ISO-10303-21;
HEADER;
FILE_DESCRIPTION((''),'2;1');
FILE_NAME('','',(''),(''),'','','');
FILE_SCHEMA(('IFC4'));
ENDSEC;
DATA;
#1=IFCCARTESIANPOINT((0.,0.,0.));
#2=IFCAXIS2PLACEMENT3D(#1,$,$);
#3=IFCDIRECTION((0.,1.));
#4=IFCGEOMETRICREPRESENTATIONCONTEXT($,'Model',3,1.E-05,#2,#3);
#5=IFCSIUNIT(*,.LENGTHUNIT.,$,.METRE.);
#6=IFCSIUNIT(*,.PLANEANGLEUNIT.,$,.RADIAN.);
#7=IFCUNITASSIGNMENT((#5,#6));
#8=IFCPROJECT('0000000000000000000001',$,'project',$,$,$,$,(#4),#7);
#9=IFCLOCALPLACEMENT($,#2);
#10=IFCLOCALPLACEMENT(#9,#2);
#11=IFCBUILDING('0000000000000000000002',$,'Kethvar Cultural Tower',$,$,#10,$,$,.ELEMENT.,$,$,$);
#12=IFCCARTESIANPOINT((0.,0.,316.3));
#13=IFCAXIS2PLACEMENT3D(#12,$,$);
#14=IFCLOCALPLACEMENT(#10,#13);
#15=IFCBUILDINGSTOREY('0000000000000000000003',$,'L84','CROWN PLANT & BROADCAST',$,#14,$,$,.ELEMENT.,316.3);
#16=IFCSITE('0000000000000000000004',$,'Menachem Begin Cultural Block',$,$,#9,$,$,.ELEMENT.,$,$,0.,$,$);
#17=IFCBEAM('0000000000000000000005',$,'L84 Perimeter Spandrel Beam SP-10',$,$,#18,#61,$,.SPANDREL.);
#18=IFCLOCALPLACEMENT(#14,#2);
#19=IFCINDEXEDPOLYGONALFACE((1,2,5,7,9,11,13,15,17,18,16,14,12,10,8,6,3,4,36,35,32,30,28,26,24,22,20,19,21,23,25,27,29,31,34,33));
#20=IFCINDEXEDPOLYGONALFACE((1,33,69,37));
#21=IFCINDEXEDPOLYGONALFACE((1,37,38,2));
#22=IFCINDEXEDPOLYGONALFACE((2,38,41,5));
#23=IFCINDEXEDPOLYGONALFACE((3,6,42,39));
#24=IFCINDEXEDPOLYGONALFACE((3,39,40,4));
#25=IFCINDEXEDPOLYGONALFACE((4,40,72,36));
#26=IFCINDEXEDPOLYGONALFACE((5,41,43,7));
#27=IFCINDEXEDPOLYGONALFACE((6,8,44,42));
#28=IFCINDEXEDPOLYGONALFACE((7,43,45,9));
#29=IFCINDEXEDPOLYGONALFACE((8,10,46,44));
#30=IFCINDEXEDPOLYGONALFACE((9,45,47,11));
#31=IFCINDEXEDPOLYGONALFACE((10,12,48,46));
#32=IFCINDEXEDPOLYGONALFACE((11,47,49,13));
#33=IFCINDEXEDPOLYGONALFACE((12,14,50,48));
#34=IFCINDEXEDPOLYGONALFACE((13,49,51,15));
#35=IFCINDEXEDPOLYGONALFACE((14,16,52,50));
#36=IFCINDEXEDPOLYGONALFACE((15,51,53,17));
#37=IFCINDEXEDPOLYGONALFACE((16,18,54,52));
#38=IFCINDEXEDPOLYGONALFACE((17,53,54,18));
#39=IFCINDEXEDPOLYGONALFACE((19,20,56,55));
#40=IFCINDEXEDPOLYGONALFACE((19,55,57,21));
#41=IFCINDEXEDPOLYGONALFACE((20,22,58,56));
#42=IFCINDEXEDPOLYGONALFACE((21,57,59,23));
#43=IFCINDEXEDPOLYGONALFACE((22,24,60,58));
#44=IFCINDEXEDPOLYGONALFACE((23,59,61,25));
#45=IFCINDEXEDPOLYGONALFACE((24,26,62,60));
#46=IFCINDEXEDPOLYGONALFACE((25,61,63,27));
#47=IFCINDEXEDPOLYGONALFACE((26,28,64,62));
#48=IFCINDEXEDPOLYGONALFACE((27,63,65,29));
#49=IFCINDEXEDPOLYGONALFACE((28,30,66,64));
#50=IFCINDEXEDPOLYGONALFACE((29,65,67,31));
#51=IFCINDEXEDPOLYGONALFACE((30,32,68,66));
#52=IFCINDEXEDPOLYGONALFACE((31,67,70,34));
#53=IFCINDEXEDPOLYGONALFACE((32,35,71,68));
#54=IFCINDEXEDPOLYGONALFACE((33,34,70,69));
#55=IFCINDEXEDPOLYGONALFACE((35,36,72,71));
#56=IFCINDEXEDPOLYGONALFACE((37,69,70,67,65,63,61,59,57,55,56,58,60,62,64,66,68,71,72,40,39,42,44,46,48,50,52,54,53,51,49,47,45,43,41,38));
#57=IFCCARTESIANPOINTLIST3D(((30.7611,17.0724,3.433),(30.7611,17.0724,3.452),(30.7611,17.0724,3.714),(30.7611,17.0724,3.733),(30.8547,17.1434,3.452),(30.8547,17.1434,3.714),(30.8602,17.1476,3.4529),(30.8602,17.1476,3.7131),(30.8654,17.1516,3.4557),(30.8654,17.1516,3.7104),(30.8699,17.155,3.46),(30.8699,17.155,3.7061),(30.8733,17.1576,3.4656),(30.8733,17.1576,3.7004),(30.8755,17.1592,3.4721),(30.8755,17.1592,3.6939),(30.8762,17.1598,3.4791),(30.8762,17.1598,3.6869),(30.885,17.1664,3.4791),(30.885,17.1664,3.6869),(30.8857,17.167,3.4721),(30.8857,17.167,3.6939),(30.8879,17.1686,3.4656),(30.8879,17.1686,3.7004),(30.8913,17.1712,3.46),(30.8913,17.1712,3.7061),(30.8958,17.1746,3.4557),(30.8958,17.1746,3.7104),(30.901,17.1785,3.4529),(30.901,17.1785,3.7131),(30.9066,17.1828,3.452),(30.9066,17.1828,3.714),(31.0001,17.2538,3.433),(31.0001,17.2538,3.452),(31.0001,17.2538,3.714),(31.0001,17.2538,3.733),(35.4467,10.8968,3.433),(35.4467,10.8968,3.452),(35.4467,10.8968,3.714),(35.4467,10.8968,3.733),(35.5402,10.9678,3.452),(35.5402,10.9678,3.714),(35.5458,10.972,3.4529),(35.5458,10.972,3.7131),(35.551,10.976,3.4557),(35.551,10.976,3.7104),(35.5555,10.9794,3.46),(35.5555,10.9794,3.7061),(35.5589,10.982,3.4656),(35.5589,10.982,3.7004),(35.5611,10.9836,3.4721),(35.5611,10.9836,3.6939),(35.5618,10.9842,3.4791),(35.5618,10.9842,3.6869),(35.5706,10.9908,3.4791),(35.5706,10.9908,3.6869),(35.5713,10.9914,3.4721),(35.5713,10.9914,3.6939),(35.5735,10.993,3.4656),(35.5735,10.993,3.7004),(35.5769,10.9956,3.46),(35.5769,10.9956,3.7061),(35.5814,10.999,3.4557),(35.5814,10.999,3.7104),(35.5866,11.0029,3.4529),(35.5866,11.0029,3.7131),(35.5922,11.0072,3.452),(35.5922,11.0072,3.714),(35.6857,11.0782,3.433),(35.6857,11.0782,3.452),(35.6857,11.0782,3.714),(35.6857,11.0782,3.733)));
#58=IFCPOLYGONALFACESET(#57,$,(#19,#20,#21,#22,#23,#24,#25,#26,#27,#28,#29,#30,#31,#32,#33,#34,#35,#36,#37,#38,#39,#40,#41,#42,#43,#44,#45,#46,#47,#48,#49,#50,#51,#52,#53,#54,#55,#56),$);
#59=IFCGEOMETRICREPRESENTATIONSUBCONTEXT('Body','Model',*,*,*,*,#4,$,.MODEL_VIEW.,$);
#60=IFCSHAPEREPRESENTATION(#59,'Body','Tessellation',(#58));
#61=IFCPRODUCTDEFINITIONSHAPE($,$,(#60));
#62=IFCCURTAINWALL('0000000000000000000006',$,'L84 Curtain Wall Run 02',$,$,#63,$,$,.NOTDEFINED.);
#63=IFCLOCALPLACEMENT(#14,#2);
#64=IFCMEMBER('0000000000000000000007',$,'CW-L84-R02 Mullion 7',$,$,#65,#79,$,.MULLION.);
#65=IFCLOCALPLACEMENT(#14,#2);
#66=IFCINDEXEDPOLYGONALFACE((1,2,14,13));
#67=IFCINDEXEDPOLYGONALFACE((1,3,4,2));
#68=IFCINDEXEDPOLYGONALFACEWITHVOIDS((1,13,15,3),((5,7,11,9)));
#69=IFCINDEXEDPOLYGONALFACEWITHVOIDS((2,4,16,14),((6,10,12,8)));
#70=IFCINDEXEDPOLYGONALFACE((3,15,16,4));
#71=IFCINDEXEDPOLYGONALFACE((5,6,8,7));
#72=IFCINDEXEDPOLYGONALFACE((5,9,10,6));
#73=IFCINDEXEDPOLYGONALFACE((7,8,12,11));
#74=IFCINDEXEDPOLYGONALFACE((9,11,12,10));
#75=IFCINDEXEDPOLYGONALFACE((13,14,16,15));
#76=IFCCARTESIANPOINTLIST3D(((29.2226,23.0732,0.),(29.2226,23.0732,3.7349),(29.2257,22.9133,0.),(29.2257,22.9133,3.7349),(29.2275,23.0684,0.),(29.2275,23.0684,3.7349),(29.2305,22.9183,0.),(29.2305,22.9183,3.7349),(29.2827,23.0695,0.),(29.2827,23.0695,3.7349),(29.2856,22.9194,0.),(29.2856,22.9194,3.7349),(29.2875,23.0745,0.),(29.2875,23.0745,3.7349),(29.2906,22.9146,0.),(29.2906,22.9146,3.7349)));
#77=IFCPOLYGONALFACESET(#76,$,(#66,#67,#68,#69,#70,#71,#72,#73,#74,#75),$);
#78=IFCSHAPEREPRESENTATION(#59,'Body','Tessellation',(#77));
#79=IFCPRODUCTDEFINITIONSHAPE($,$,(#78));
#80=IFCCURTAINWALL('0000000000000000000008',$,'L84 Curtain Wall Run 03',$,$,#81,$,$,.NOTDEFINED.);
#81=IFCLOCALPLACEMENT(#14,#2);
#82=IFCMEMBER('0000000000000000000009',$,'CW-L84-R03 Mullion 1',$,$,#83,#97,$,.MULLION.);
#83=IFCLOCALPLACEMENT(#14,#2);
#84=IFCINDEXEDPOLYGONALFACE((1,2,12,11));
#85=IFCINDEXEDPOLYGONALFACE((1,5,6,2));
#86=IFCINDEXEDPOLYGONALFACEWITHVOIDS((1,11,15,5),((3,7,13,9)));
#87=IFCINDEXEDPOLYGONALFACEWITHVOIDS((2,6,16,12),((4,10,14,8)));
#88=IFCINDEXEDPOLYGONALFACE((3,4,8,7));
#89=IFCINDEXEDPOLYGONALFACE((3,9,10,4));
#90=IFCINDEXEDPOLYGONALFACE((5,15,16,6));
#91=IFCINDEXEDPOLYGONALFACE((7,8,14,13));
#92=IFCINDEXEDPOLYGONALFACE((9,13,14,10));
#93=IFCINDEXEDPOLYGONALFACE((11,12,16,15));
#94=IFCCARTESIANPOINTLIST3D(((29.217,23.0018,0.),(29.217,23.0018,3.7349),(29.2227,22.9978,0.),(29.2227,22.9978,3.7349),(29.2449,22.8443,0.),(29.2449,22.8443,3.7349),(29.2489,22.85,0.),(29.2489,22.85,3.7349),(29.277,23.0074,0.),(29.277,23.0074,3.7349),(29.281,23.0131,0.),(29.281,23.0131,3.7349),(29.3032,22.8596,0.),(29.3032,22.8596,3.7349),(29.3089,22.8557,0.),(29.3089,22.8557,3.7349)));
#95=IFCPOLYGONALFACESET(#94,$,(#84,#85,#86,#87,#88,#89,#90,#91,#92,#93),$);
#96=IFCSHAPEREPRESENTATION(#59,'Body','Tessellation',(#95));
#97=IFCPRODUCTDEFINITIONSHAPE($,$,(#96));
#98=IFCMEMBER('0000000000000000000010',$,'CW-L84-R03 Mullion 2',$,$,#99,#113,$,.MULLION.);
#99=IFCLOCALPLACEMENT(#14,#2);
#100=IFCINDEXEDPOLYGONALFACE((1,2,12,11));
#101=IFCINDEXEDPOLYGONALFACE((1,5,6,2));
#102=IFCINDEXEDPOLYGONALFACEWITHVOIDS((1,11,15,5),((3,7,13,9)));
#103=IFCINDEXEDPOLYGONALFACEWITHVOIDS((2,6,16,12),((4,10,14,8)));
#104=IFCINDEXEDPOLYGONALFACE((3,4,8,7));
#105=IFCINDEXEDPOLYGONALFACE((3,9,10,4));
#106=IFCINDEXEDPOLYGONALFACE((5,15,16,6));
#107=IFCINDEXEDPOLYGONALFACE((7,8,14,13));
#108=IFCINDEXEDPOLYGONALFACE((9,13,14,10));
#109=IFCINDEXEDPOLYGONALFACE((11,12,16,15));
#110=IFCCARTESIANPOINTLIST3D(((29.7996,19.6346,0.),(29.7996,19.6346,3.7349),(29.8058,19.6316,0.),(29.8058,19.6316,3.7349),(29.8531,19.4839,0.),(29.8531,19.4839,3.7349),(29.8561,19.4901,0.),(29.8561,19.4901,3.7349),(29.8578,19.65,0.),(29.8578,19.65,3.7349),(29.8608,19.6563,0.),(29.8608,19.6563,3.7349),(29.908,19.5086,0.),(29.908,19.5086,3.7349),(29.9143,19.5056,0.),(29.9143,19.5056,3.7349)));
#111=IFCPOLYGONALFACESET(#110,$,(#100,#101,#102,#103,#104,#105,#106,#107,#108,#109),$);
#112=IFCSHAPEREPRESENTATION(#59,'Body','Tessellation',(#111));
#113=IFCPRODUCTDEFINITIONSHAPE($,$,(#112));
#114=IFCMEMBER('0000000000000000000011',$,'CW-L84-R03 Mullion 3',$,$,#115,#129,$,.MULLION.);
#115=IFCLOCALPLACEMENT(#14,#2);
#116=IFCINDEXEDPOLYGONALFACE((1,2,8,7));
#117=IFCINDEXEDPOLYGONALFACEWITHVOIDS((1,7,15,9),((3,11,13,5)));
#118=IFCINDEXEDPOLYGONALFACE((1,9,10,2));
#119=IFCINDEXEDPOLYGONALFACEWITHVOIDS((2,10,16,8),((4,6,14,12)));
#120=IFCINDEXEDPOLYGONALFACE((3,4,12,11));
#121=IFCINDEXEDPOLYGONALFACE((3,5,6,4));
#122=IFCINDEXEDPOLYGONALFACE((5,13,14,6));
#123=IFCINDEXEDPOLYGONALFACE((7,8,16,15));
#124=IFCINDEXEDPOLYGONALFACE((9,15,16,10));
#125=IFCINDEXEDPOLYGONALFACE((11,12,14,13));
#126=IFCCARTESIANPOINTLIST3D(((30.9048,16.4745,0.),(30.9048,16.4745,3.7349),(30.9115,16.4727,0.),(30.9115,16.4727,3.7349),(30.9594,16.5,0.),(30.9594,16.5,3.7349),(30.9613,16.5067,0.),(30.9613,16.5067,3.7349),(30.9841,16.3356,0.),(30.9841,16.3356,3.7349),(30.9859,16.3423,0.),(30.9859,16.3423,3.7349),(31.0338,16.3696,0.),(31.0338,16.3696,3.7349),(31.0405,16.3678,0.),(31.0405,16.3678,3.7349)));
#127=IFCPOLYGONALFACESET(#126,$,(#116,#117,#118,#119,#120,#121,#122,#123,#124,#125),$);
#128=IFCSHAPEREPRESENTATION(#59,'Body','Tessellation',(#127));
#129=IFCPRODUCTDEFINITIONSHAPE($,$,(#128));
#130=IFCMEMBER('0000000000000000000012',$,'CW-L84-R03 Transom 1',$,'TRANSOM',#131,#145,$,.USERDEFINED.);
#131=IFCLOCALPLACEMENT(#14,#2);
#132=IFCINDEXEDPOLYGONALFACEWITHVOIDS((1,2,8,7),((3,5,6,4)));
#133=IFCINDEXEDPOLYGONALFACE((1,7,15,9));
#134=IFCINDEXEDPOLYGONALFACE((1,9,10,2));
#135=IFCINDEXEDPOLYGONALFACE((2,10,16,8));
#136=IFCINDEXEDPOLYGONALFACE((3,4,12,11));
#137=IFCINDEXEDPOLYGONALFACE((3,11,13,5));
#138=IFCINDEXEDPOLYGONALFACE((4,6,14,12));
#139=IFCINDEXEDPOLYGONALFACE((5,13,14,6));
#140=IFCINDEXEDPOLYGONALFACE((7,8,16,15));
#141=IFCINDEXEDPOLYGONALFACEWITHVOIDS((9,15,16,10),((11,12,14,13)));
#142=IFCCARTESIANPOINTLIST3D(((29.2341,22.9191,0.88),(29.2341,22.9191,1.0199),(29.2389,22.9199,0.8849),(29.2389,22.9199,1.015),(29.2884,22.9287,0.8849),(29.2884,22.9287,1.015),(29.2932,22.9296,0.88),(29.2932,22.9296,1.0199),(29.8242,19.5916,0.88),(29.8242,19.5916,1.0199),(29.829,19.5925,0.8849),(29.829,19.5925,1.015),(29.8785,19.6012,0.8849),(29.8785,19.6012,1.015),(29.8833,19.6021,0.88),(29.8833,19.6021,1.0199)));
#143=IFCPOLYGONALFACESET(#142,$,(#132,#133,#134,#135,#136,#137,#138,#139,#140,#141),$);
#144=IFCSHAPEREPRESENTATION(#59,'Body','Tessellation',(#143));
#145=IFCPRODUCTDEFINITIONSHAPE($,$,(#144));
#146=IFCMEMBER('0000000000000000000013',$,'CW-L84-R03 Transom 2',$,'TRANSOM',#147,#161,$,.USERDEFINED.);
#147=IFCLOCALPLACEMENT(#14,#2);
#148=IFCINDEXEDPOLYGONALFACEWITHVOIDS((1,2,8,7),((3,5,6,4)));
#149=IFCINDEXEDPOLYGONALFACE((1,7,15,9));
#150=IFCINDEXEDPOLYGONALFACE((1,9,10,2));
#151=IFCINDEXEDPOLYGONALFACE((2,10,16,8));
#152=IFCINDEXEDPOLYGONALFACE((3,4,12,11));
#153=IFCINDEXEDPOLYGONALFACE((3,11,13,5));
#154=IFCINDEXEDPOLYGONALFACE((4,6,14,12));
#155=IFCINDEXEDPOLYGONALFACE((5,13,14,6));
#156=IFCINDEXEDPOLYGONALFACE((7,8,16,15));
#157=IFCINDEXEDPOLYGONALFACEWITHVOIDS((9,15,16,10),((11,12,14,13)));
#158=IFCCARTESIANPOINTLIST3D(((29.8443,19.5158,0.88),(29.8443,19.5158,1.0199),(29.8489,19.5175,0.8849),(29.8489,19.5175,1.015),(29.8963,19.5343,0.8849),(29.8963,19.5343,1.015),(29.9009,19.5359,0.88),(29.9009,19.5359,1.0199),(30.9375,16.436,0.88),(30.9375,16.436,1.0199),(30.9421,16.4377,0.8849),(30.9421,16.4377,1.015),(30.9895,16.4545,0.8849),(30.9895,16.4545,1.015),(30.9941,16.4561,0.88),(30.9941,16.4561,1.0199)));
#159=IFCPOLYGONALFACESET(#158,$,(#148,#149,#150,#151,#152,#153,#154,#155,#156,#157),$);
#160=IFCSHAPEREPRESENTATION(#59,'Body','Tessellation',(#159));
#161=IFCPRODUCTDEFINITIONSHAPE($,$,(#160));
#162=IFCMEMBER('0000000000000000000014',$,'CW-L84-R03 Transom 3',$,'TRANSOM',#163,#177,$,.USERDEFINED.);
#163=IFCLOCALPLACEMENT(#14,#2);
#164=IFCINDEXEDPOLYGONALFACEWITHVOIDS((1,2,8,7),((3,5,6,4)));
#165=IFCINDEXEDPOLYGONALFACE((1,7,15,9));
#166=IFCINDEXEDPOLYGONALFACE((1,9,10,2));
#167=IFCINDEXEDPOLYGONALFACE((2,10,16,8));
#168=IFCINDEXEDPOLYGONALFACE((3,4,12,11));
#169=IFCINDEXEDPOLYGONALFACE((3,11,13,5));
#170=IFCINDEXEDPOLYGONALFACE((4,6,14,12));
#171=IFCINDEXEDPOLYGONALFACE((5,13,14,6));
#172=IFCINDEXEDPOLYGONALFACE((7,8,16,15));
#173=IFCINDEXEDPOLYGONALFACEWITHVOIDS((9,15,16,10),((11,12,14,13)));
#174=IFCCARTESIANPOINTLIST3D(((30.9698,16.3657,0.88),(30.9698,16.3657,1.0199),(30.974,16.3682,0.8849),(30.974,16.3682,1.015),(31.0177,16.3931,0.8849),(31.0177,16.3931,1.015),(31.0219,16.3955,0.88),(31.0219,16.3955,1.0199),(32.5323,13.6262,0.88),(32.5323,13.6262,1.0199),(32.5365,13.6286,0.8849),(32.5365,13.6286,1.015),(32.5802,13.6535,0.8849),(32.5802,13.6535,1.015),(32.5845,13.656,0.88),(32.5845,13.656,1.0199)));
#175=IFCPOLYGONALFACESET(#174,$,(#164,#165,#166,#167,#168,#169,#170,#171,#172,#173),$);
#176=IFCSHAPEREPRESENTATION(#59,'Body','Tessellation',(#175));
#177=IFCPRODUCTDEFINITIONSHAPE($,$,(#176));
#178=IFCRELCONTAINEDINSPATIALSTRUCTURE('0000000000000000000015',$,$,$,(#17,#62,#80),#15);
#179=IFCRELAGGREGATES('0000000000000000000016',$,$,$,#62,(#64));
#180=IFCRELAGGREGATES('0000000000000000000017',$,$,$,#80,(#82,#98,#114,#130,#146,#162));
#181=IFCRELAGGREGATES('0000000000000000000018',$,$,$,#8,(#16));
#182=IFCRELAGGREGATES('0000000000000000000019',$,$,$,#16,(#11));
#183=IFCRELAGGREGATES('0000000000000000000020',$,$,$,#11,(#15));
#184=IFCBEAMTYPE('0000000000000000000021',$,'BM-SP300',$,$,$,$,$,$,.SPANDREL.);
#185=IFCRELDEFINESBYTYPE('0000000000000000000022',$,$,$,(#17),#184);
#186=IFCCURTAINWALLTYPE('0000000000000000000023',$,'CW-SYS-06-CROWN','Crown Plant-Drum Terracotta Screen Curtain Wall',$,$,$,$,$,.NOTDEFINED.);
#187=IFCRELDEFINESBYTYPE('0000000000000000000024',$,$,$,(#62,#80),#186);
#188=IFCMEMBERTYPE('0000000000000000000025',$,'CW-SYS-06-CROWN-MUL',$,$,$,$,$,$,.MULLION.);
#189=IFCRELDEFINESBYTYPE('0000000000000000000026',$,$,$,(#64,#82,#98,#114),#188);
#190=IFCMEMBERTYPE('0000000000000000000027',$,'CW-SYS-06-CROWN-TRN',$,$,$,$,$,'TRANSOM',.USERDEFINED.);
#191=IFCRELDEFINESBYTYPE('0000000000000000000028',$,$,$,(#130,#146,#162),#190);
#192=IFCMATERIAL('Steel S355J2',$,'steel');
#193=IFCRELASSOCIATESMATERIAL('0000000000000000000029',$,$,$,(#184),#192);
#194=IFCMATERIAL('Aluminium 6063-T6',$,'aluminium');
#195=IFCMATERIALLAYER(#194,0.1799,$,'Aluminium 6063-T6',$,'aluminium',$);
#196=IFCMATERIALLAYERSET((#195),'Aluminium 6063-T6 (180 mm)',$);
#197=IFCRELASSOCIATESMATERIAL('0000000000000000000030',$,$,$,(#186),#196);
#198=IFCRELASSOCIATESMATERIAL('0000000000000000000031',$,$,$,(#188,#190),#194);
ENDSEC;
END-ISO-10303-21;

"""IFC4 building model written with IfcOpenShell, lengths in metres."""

from ifc_helpers import new_model, si_unit, direction, frame, origin, origin_2d, place, context, subcontext, project, spatial, hollow_rectangle, i_section, extrude, source, transform, mapped, material, layer, layer_set, material_profile, profile_set, type_object, element, aggregate, save


model = new_model("IFC4")

# Units and contexts
model_context = context("Model", 3, precision=1e-05, world=origin(), true_north=direction((0.0, 1.0)))
body_context = subcontext(model_context, "Body", "Model", "MODEL_VIEW")
ifc_project = project(units=[si_unit("LENGTHUNIT", "METRE"), si_unit("PLANEANGLEUNIT", "RADIAN")], contexts=[model_context])

# Site, building, storey
site_placement = place(None, origin())
site = spatial("IfcSite", under=ifc_project, at=site_placement, Name="Menachem Begin Cultural Block", CompositionType="ELEMENT", RefElevation=0.0)
building_placement = place(site_placement, origin())
building = spatial("IfcBuilding", under=site, at=building_placement, Name="Kethvar Cultural Tower", CompositionType="ELEMENT")
storey_placement = place(building_placement, frame((0.0, 0.0, 316.3)))
storey = spatial("IfcBuildingStorey", under=building, at=storey_placement, Name="L84", Description="CROWN PLANT & BROADCAST", CompositionType="ELEMENT", Elevation=316.3)

# Shared definitions
ifc_material_1 = material(Name="Steel S355J2", Category="steel")

# Beam
ifc_material_profile_1 = material_profile(ifc_material_1, i_section(OverallWidth=0.3, OverallDepth=0.3, WebThickness=0.011, FlangeThickness=0.019, FilletRadius=0.0271, at=origin_2d()), Name="Steel S355J2 — HEB300")
ifc_profile_set_1 = profile_set([ifc_material_profile_1], Name="Steel S355J2 — HEB300")
beam_type_1 = type_object("IfcBeamType", Name="BM-SP300", PredefinedType="SPANDREL", material=ifc_profile_set_1)
shared_shape_1 = source(origin(), body_context, "Body", "SweptSolid", [
    extrude(i_section(OverallWidth=0.3, OverallDepth=0.3, WebThickness=0.011, FlangeThickness=0.019, FilletRadius=0.0271, at=origin_2d()), origin(), (0.0, 0.0, 1.0), 7.752),
])
beam_1_placement = place(storey_placement, frame((30.8806, 17.1631, 3.583), z_axis=(0.60444, -0.79665, 0.0), x_axis=(0.79665, 0.60444, 0.0)))
element("IfcBeam", 1, at=beam_1_placement, inside=storey, type_object=beam_type_1, Name="L84 Perimeter Spandrel Beam SP-10", PredefinedType="SPANDREL", context=body_context, shape_type="MappedRepresentation", body=[
    mapped(shared_shape_1, transform((0.0, 0.0, 0.0), scale=1.0)),
])

# Curtain wall, member
ifc_material_2 = material(Name="Aluminium 6063-T6", Category="aluminium")
ifc_layer_1 = layer(ifc_material_2, 0.1799, Name="Aluminium 6063-T6", Category="aluminium")
ifc_layer_set_1 = layer_set([ifc_layer_1], Name="Aluminium 6063-T6 (180 mm)")
curtain_wall_type = type_object("IfcCurtainWallType", Name="CW-SYS-06-CROWN", Description="Crown Plant-Drum Terracotta Screen Curtain Wall", PredefinedType="NOTDEFINED", material=ifc_layer_set_1)
curtain_wall_1_placement = place(storey_placement, origin())
curtain_wall_1 = element("IfcCurtainWall", 2, at=curtain_wall_1_placement, inside=storey, type_object=curtain_wall_type, Name="L84 Curtain Wall Run 02", PredefinedType="NOTDEFINED")
ifc_material_profile_2 = material_profile(ifc_material_2, hollow_rectangle(XDim=0.0649, YDim=0.1599, WallThickness=0.0049, at=origin_2d()), Name="Aluminium 6063-T6 — RHS160x65x5")
ifc_profile_set_2 = profile_set([ifc_material_profile_2], Name="Aluminium 6063-T6 — RHS160x65x5")
member_type_1 = type_object("IfcMemberType", Name="CW-SYS-06-CROWN-MUL", PredefinedType="MULLION", material=ifc_profile_set_2)
shared_shape_2 = source(origin(), body_context, "Body", "SweptSolid", [
    extrude(hollow_rectangle(XDim=0.0649, YDim=0.1599, WallThickness=0.0049, at=origin_2d()), origin(), (0.0, 0.0, 1.0), 3.7349),
])
member_1_placement = place(storey_placement, frame((29.2566, 22.9939, 0.0), z_axis=(0.0, 0.0, 1.0), x_axis=(0.999809, 0.019529, 0.0)))
member_1 = element("IfcMember", 3, at=member_1_placement, type_object=member_type_1, Name="CW-L84-R02 Mullion 7", PredefinedType="MULLION", context=body_context, shape_type="MappedRepresentation", body=[
    mapped(shared_shape_2, transform((0.0, 0.0, 0.0), scale=1.0)),
])

# Curtain wall, members
curtain_wall_2_placement = place(storey_placement, origin())
curtain_wall_2 = element("IfcCurtainWall", 4, at=curtain_wall_2_placement, inside=storey, type_object=curtain_wall_type, Name="L84 Curtain Wall Run 03", PredefinedType="NOTDEFINED")
member_2_placement = place(storey_placement, frame((29.2629, 22.9287, 0.0), z_axis=(0.0, 0.0, 1.0), x_axis=(0.984638, 0.174611, 0.0)))
member_2 = element("IfcMember", 5, at=member_2_placement, type_object=member_type_1, Name="CW-L84-R03 Mullion 1", PredefinedType="MULLION", context=body_context, shape_type="MappedRepresentation", body=[
    mapped(shared_shape_2, transform((0.0, 0.0, 0.0), scale=1.0)),
])
member_3_placement = place(storey_placement, frame((29.8569, 19.5701, 0.0), z_axis=(0.0, 0.0, 1.0), x_axis=(0.942379, 0.334547, 0.0)))
member_3 = element("IfcMember", 6, at=member_3_placement, type_object=member_type_1, Name="CW-L84-R03 Mullion 2", PredefinedType="MULLION", context=body_context, shape_type="MappedRepresentation", body=[
    mapped(shared_shape_2, transform((0.0, 0.0, 0.0), scale=1.0)),
])
member_4_placement = place(storey_placement, frame((30.9727, 16.4211, 0.0), z_axis=(0.0, 0.0, 1.0), x_axis=(0.868657, 0.495413, 0.0)))
member_4 = element("IfcMember", 7, at=member_4_placement, type_object=member_type_1, Name="CW-L84-R03 Mullion 3", PredefinedType="MULLION", context=body_context, shape_type="MappedRepresentation", body=[
    mapped(shared_shape_2, transform((0.0, 0.0, 0.0), scale=1.0)),
])
ifc_material_profile_3 = material_profile(ifc_material_2, hollow_rectangle(XDim=0.0601, YDim=0.1399, WallThickness=0.0049, at=origin_2d()), Name="Aluminium 6063-T6 — RHS140x60x5")
ifc_profile_set_3 = profile_set([ifc_material_profile_3], Name="Aluminium 6063-T6 — RHS140x60x5")
member_type_2 = type_object("IfcMemberType", Name="CW-SYS-06-CROWN-TRN", ElementType="TRANSOM", PredefinedType="USERDEFINED", material=ifc_profile_set_3)
shared_shape_3 = source(origin(), body_context, "Body", "SweptSolid", [
    extrude(hollow_rectangle(XDim=0.0601, YDim=0.1399, WallThickness=0.0049, at=origin_2d()), origin(), (0.0, 0.0, 1.0), 3.3794),
])
member_5_placement = place(storey_placement, frame((29.2637, 22.9243, 0.95), z_axis=(0.174618, -0.984636, 0.0), x_axis=(0.984636, 0.174618, 0.0)))
member_5 = element("IfcMember", 8, at=member_5_placement, type_object=member_type_2, Name="CW-L84-R03 Transom 1", ObjectType="TRANSOM", PredefinedType="USERDEFINED", context=body_context, shape_type="MappedRepresentation", body=[
    mapped(shared_shape_3, transform((0.0, 0.0, 0.0), scale=1.0)),
])
shared_shape_4 = source(origin(), body_context, "Body", "SweptSolid", [
    extrude(hollow_rectangle(XDim=0.0601, YDim=0.1399, WallThickness=0.0049, at=origin_2d()), origin(), (0.0, 0.0, 1.0), 3.2681),
])
member_6_placement = place(storey_placement, frame((29.8726, 19.5259, 0.95), z_axis=(0.334523, -0.942387, 0.0), x_axis=(0.942387, 0.334523, 0.0)))
member_6 = element("IfcMember", 9, at=member_6_placement, type_object=member_type_2, Name="CW-L84-R03 Transom 2", ObjectType="TRANSOM", PredefinedType="USERDEFINED", context=body_context, shape_type="MappedRepresentation", body=[
    mapped(shared_shape_4, transform((0.0, 0.0, 0.0), scale=1.0)),
])
shared_shape_5 = source(origin(), body_context, "Body", "SweptSolid", [
    extrude(hollow_rectangle(XDim=0.0601, YDim=0.1399, WallThickness=0.0049, at=origin_2d()), origin(), (0.0, 0.0, 1.0), 3.1538),
])
member_7_placement = place(storey_placement, frame((30.9958, 16.3806, 0.95), z_axis=(0.495438, -0.868643, 0.0), x_axis=(0.868643, 0.495438, 0.0)))
member_7 = element("IfcMember", 10, at=member_7_placement, type_object=member_type_2, Name="CW-L84-R03 Transom 3", ObjectType="TRANSOM", PredefinedType="USERDEFINED", context=body_context, shape_type="MappedRepresentation", body=[
    mapped(shared_shape_5, transform((0.0, 0.0, 0.0), scale=1.0)),
])

aggregate(curtain_wall_1, [member_1])
aggregate(curtain_wall_2, [member_2, member_3, member_4, member_5, member_6, member_7])

save(model, "model.ifc")
